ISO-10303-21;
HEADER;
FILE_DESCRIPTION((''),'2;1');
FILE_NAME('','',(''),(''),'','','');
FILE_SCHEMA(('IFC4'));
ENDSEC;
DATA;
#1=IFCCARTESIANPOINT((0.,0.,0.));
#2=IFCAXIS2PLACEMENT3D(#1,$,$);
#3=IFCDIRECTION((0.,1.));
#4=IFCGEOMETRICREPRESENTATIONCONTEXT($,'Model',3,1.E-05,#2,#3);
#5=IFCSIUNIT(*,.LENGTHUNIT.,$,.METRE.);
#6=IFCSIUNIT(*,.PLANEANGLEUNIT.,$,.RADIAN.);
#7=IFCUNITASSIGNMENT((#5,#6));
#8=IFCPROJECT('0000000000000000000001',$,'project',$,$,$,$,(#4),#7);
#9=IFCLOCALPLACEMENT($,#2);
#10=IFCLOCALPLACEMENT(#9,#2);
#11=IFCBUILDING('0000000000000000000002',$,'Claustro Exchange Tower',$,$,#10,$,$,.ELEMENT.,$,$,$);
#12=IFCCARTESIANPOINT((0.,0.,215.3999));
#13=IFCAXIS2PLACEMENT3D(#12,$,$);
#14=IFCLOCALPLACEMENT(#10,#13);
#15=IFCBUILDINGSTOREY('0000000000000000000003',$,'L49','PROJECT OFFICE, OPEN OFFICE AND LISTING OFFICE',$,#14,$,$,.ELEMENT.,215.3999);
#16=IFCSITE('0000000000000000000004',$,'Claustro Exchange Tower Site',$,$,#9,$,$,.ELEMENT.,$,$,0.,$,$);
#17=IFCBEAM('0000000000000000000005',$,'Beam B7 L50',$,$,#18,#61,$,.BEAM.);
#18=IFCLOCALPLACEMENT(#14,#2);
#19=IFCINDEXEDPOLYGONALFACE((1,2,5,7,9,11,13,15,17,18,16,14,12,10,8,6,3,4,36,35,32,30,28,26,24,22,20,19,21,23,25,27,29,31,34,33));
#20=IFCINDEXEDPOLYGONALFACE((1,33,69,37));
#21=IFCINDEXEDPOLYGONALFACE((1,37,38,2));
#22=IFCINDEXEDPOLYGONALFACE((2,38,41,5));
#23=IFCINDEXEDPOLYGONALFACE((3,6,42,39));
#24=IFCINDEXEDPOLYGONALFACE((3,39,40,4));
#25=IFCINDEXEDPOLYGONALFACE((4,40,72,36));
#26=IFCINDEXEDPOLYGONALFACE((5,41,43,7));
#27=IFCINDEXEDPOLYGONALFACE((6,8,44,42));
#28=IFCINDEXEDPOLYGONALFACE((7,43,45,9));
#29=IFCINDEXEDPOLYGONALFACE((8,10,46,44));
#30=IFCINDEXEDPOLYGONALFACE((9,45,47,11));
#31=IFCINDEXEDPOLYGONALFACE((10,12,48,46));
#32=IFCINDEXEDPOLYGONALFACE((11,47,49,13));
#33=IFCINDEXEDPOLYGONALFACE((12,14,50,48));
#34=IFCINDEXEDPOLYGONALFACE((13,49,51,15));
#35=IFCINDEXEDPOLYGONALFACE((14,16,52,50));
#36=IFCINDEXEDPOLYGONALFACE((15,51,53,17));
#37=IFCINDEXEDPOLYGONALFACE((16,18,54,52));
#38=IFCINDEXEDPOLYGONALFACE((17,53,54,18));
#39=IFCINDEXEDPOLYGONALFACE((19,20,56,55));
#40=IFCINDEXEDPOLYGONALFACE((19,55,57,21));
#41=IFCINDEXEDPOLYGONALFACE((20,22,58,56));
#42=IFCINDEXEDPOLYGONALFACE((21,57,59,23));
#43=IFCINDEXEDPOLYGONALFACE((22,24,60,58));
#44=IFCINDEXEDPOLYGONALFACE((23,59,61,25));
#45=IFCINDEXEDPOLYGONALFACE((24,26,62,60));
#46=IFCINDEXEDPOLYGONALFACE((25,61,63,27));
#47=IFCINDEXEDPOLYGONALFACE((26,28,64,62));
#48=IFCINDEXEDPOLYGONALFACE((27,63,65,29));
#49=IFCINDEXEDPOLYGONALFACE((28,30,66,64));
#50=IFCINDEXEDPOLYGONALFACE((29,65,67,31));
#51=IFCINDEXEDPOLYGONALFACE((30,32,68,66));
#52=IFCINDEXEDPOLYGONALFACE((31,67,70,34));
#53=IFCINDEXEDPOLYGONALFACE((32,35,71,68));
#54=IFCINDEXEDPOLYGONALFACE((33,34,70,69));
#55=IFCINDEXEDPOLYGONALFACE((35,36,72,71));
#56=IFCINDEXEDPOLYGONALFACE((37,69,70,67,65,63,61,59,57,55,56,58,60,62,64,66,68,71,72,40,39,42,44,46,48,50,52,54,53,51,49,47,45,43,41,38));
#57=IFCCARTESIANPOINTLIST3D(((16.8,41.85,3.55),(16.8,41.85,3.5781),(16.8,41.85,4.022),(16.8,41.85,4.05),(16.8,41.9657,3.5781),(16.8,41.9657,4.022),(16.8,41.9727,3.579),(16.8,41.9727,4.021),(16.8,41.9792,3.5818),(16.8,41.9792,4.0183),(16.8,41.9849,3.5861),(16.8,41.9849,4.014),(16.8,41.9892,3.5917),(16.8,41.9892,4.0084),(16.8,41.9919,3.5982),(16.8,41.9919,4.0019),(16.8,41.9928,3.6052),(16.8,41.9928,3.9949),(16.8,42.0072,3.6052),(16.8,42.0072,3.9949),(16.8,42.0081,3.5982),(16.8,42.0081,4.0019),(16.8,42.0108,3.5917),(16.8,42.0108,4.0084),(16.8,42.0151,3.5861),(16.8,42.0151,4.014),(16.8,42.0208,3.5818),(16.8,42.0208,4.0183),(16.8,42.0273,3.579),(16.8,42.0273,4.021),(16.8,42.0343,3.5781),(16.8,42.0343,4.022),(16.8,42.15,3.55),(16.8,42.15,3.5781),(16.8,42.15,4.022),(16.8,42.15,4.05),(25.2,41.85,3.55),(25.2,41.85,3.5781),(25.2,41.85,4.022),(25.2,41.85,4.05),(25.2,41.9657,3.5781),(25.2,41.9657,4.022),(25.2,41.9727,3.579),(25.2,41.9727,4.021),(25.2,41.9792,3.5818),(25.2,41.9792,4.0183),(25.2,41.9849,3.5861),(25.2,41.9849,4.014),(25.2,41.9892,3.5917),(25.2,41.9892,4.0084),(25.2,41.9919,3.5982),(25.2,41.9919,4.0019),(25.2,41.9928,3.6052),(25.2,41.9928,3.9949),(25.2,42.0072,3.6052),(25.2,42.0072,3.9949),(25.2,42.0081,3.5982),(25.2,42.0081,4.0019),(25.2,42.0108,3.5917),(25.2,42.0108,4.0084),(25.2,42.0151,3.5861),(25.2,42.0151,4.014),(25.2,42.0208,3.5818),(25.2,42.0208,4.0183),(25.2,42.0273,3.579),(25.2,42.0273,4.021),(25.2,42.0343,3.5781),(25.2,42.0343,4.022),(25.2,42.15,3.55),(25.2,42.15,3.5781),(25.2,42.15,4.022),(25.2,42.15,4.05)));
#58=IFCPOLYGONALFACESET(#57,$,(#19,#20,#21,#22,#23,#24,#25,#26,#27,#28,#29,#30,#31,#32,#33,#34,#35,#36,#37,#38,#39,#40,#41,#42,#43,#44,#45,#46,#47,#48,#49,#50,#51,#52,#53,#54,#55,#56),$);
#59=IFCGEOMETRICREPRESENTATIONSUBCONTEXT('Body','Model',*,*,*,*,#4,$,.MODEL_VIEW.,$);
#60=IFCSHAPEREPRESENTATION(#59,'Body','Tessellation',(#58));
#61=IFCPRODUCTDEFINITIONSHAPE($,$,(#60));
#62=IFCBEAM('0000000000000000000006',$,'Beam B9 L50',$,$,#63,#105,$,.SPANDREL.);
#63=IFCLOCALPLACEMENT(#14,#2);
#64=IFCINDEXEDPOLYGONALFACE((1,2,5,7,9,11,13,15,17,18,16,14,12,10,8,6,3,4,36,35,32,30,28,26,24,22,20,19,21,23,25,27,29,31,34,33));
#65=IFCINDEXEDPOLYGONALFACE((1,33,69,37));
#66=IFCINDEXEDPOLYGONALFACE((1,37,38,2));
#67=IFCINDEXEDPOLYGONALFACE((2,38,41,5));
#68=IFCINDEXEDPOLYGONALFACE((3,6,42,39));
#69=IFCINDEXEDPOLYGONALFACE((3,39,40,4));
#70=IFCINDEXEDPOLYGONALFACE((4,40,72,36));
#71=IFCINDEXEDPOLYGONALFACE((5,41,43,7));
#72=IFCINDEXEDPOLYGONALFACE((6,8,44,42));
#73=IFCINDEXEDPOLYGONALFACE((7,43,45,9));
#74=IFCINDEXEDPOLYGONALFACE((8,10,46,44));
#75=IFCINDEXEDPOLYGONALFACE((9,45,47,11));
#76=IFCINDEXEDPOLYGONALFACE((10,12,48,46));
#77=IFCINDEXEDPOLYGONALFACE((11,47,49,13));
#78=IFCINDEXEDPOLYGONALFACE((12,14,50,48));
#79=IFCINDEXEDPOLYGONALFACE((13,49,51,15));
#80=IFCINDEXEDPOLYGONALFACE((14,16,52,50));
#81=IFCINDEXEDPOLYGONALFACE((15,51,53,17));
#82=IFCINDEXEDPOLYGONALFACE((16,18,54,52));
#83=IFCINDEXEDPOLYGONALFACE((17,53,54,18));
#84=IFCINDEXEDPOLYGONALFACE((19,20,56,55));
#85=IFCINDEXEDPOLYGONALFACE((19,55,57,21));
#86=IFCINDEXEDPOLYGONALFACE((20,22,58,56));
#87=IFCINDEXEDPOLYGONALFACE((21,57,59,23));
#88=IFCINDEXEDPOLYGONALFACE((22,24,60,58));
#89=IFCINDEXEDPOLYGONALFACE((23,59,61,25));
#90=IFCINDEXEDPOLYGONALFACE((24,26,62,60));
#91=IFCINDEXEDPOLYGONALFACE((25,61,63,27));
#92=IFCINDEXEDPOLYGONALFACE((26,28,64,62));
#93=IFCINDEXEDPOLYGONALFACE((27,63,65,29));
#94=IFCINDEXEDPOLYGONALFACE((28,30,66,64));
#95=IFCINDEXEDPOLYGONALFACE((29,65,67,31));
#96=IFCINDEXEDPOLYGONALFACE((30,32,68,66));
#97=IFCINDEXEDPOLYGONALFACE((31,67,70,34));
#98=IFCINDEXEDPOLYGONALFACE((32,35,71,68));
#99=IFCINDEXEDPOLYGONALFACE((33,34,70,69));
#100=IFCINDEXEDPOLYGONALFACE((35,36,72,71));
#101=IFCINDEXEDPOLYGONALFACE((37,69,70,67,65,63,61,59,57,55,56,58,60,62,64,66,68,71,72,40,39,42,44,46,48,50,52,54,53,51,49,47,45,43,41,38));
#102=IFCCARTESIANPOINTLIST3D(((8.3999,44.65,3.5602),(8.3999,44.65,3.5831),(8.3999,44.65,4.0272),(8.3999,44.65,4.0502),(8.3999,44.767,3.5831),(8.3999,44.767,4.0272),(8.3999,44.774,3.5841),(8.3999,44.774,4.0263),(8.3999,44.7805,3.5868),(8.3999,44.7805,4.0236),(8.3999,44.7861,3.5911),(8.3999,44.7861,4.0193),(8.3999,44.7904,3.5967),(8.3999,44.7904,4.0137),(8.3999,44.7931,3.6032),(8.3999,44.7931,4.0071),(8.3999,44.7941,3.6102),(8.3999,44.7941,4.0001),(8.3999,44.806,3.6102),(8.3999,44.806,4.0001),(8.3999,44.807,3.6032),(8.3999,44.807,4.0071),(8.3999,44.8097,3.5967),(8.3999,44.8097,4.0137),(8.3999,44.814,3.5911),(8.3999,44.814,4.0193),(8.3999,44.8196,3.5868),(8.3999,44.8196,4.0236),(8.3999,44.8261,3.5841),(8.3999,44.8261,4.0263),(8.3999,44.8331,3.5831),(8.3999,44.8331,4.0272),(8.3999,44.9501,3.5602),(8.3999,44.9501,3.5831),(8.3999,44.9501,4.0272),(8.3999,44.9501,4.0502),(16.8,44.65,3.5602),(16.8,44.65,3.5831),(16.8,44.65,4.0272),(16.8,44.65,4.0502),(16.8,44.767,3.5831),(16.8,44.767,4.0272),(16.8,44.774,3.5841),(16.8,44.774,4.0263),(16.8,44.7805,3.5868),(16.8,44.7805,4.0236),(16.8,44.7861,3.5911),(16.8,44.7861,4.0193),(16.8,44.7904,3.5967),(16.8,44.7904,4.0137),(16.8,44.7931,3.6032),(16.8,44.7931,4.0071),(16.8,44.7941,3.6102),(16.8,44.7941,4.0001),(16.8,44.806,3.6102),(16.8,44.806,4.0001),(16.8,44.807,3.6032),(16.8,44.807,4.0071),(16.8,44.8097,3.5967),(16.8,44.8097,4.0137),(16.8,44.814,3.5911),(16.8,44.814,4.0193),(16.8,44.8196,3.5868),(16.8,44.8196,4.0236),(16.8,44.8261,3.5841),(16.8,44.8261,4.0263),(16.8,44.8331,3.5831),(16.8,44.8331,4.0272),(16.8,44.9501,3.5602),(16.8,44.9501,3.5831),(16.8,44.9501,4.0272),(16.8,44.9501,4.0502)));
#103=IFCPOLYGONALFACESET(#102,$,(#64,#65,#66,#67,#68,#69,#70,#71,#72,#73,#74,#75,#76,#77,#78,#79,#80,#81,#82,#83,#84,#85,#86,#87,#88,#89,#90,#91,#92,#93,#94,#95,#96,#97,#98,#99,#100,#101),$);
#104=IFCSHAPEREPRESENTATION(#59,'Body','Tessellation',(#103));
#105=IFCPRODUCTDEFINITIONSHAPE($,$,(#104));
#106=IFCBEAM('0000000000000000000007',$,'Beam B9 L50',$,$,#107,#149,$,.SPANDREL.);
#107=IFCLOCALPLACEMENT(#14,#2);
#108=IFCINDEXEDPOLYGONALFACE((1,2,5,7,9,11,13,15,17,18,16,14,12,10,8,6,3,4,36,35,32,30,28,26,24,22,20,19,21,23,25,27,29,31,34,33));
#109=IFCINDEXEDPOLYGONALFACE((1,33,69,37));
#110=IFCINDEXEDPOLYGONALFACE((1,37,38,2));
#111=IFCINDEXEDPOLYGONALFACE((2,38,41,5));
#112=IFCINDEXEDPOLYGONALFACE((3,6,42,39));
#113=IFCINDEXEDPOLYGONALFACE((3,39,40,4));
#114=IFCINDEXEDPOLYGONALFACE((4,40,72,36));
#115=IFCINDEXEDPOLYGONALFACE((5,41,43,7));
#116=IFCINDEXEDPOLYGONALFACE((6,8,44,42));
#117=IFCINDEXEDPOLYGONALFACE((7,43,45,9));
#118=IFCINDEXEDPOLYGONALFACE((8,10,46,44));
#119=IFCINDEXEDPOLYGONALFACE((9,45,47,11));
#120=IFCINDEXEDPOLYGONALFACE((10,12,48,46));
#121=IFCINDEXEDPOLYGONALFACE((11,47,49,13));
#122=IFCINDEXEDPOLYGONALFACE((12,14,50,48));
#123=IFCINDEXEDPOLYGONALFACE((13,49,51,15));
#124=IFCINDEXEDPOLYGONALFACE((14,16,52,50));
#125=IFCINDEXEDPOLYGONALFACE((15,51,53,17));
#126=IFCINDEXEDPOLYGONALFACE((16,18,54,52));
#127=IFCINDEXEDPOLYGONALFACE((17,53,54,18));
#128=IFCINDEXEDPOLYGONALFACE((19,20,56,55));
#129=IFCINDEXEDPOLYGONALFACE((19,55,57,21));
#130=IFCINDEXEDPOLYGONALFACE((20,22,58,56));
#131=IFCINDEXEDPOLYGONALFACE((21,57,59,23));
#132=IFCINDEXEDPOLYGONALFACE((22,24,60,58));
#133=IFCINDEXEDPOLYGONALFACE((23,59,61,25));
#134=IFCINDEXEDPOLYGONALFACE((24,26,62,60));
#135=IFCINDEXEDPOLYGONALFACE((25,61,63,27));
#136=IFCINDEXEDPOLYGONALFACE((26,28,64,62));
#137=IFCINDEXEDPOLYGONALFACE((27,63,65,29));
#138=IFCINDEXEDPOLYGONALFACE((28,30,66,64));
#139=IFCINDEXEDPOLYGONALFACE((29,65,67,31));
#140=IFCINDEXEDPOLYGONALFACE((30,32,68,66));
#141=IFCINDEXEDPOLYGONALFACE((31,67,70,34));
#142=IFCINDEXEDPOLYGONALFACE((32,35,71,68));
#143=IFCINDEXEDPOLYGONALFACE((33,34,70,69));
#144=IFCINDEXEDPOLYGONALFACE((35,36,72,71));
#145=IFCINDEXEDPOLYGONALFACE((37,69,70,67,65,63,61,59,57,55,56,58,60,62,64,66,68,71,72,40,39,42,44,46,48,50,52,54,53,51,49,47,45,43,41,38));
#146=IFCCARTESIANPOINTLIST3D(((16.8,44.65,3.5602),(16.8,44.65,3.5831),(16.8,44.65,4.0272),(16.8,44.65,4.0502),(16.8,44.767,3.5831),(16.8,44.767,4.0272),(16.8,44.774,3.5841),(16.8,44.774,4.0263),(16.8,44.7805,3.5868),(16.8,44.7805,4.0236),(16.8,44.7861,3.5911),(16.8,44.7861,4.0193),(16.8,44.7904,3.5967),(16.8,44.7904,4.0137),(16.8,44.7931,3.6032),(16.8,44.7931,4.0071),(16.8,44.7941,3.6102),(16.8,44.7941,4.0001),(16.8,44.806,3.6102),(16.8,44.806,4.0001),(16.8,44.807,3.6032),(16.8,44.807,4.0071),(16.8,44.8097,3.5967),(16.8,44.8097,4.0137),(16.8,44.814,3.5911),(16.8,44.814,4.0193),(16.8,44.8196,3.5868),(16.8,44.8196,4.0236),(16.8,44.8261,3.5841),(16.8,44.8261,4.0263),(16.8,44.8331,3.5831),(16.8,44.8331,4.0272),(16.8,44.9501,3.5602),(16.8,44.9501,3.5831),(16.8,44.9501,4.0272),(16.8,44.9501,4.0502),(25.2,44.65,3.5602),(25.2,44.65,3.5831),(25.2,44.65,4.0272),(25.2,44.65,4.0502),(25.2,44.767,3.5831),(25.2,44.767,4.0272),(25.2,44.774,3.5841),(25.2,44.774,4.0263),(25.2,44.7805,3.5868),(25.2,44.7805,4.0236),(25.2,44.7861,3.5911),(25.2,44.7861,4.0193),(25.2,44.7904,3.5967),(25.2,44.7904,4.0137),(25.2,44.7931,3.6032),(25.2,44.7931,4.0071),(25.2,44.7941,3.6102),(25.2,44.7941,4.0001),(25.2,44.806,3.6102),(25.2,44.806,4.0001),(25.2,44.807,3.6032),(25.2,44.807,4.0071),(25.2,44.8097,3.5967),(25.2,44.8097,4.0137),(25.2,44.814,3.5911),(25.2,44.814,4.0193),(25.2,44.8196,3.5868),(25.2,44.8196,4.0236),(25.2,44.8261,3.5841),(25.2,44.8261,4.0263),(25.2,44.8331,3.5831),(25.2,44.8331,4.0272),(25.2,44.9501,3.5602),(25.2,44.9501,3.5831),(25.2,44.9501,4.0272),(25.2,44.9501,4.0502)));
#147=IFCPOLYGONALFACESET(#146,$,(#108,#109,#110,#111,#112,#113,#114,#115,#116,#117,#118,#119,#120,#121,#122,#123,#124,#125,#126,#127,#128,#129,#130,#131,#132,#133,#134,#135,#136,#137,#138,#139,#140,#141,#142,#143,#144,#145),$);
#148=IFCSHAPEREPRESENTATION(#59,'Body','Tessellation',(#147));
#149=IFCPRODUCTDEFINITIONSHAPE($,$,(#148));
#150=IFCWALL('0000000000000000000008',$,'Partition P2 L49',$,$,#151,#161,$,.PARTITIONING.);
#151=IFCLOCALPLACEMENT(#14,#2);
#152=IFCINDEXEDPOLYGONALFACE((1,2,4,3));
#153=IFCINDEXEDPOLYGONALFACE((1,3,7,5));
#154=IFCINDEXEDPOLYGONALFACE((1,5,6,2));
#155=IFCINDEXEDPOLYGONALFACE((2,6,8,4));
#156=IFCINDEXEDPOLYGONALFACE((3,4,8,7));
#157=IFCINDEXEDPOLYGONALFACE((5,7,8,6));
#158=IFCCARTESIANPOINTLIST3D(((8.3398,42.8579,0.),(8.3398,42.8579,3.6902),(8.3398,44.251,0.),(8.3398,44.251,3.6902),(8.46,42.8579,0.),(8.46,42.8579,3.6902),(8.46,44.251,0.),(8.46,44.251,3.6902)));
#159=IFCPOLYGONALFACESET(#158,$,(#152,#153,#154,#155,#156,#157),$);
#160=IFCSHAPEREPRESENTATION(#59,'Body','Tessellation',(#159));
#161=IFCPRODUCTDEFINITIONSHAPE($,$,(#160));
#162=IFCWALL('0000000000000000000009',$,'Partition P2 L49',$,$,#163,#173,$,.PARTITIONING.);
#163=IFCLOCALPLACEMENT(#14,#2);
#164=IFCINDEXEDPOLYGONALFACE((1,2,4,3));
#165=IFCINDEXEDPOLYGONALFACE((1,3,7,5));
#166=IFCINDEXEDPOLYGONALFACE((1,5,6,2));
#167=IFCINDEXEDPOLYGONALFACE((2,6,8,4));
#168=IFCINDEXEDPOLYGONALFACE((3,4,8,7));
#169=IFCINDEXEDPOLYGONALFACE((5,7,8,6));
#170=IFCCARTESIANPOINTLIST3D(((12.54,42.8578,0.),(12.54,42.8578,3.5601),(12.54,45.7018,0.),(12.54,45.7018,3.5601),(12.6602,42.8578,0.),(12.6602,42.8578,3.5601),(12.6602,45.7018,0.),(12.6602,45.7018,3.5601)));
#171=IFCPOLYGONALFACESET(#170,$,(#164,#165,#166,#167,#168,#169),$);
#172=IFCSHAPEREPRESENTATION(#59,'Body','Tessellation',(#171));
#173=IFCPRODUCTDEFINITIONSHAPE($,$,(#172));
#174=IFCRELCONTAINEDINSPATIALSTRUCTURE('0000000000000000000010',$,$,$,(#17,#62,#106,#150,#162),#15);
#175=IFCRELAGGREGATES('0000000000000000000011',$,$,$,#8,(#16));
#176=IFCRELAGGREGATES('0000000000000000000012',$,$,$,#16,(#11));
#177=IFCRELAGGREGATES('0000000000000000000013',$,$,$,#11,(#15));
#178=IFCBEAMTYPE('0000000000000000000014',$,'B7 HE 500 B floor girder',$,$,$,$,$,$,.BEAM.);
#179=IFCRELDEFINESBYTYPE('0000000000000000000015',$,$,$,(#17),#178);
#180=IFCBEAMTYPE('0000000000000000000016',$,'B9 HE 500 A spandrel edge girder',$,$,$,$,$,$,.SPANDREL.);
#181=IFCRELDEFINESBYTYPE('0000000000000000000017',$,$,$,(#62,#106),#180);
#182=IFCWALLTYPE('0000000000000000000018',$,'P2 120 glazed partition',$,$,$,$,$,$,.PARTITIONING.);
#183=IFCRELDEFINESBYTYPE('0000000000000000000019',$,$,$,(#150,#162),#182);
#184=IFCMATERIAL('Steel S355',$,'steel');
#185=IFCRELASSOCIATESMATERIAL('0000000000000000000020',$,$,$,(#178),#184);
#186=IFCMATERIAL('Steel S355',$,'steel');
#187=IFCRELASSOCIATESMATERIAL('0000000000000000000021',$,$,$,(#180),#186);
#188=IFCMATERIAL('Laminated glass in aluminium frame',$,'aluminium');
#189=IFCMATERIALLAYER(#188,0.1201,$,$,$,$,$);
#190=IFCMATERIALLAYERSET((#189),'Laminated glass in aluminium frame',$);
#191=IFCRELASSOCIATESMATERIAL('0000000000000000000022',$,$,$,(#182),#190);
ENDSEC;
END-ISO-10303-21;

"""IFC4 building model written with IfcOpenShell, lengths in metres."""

from ifc_helpers import new_model, si_unit, direction, frame, frame_2d, origin, origin_2d, place, context, subcontext, project, spatial, rectangle, i_section, extrude, material, layer, layer_set, material_profile, profile_set, type_object, element, save


model = new_model("IFC4")

# Units and contexts
model_context = context("Model", 3, precision=1e-05, world=origin(), true_north=direction((0.0, 1.0)))
body_context = subcontext(model_context, "Body", "Model", "MODEL_VIEW")
ifc_project = project(units=[si_unit("LENGTHUNIT", "METRE"), si_unit("PLANEANGLEUNIT", "RADIAN")], contexts=[model_context])

# Site, building, storey
site_placement = place(None, origin())
site = spatial("IfcSite", under=ifc_project, at=site_placement, Name="Claustro Exchange Tower Site", CompositionType="ELEMENT", RefElevation=0.0)
building_placement = place(site_placement, origin())
building = spatial("IfcBuilding", under=site, at=building_placement, Name="Claustro Exchange Tower", CompositionType="ELEMENT")
storey_placement = place(building_placement, frame((0.0, 0.0, 215.3999)))
storey = spatial("IfcBuildingStorey", under=building, at=storey_placement, Name="L49", Description="PROJECT OFFICE, OPEN OFFICE AND LISTING OFFICE", CompositionType="ELEMENT", Elevation=215.3999)

# Beams
ifc_material_1 = material(Name="Steel S355", Category="steel")
ifc_material_profile_1 = material_profile(ifc_material_1, i_section(OverallWidth=0.3, OverallDepth=0.5, WebThickness=0.0144, FlangeThickness=0.0281, FilletRadius=0.0271, at=origin_2d()), Name="HE 500 B")
ifc_profile_set_1 = profile_set([ifc_material_profile_1], Name="Steel S355")
beam_type_1 = type_object("IfcBeamType", Name="B7 HE 500 B floor girder", PredefinedType="BEAM", material=ifc_profile_set_1)
beam_1_placement = place(storey_placement, frame((16.8, 42.0, 3.8), z_axis=(1.0, 0.0, 0.0), x_axis=(0.0, 1.0, 0.0)))
element("IfcBeam", 1, at=beam_1_placement, inside=storey, type_object=beam_type_1, Name="Beam B7 L50", PredefinedType="BEAM", context=body_context, shape_type="SweptSolid", body=[
    extrude(i_section(OverallWidth=0.3, OverallDepth=0.5, WebThickness=0.0144, FlangeThickness=0.0281, FilletRadius=0.0271, at=origin_2d()), origin(), (0.0, 0.0, 1.0), 8.3999),
])
ifc_material_2 = material(Name="Steel S355", Category="steel")
ifc_material_profile_2 = material_profile(ifc_material_2, i_section(OverallWidth=0.3, OverallDepth=0.49, WebThickness=0.012, FlangeThickness=0.0229, FilletRadius=0.0271, at=origin_2d()), Name="HE 500 A")
ifc_profile_set_2 = profile_set([ifc_material_profile_2], Name="Steel S355")
beam_type_2 = type_object("IfcBeamType", Name="B9 HE 500 A spandrel edge girder", PredefinedType="SPANDREL", material=ifc_profile_set_2)
beam_2_placement = place(storey_placement, frame((8.3999, 44.8, 3.8052), z_axis=(1.0, 0.0, 0.0), x_axis=(0.0, 1.0, 0.0)))
element("IfcBeam", 2, at=beam_2_placement, inside=storey, type_object=beam_type_2, Name="Beam B9 L50", PredefinedType="SPANDREL", context=body_context, shape_type="SweptSolid", body=[
    extrude(i_section(OverallWidth=0.3, OverallDepth=0.49, WebThickness=0.012, FlangeThickness=0.0229, FilletRadius=0.0271, at=origin_2d()), origin(), (0.0, 0.0, 1.0), 8.4001),
])
beam_3_placement = place(storey_placement, frame((16.8, 44.8, 3.8052), z_axis=(1.0, 0.0, 0.0), x_axis=(0.0, 1.0, 0.0)))
element("IfcBeam", 3, at=beam_3_placement, inside=storey, type_object=beam_type_2, Name="Beam B9 L50", PredefinedType="SPANDREL", context=body_context, shape_type="SweptSolid", body=[
    extrude(i_section(OverallWidth=0.3, OverallDepth=0.49, WebThickness=0.012, FlangeThickness=0.0229, FilletRadius=0.0271, at=origin_2d()), origin(), (0.0, 0.0, 1.0), 8.3999),
])

# Walls
ifc_material_3 = material(Name="Laminated glass in aluminium frame", Category="aluminium")
ifc_layer_1 = layer(ifc_material_3, 0.1201)
ifc_layer_set_1 = layer_set([ifc_layer_1], Name="Laminated glass in aluminium frame")
wall_type_1 = type_object("IfcWallType", Name="P2 120 glazed partition", PredefinedType="PARTITIONING", material=ifc_layer_set_1)
wall_1_placement = place(storey_placement, frame((8.3999, 42.8579, 0.0), z_axis=(0.0, 0.0, 1.0), x_axis=(0.0, 1.0, 0.0)))
element("IfcWall", 4, at=wall_1_placement, inside=storey, type_object=wall_type_1, Name="Partition P2 L49", PredefinedType="PARTITIONING", context=body_context, shape_type="SweptSolid", body=[
    extrude(rectangle(XDim=1.3931, YDim=0.1201, at=frame_2d((0.6965, 0.0))), origin(), (0.0, 0.0, 1.0), 3.6902),
])
wall_2_placement = place(storey_placement, frame((12.6001, 42.8579, 0.0), z_axis=(0.0, 0.0, 1.0), x_axis=(0.0, 1.0, 0.0)))
element("IfcWall", 5, at=wall_2_placement, inside=storey, type_object=wall_type_1, Name="Partition P2 L49", PredefinedType="PARTITIONING", context=body_context, shape_type="SweptSolid", body=[
    extrude(rectangle(XDim=2.844, YDim=0.1201, at=frame_2d((1.4219, 0.0))), origin(), (0.0, 0.0, 1.0), 3.5601),
])

save(model, "model.ifc")
